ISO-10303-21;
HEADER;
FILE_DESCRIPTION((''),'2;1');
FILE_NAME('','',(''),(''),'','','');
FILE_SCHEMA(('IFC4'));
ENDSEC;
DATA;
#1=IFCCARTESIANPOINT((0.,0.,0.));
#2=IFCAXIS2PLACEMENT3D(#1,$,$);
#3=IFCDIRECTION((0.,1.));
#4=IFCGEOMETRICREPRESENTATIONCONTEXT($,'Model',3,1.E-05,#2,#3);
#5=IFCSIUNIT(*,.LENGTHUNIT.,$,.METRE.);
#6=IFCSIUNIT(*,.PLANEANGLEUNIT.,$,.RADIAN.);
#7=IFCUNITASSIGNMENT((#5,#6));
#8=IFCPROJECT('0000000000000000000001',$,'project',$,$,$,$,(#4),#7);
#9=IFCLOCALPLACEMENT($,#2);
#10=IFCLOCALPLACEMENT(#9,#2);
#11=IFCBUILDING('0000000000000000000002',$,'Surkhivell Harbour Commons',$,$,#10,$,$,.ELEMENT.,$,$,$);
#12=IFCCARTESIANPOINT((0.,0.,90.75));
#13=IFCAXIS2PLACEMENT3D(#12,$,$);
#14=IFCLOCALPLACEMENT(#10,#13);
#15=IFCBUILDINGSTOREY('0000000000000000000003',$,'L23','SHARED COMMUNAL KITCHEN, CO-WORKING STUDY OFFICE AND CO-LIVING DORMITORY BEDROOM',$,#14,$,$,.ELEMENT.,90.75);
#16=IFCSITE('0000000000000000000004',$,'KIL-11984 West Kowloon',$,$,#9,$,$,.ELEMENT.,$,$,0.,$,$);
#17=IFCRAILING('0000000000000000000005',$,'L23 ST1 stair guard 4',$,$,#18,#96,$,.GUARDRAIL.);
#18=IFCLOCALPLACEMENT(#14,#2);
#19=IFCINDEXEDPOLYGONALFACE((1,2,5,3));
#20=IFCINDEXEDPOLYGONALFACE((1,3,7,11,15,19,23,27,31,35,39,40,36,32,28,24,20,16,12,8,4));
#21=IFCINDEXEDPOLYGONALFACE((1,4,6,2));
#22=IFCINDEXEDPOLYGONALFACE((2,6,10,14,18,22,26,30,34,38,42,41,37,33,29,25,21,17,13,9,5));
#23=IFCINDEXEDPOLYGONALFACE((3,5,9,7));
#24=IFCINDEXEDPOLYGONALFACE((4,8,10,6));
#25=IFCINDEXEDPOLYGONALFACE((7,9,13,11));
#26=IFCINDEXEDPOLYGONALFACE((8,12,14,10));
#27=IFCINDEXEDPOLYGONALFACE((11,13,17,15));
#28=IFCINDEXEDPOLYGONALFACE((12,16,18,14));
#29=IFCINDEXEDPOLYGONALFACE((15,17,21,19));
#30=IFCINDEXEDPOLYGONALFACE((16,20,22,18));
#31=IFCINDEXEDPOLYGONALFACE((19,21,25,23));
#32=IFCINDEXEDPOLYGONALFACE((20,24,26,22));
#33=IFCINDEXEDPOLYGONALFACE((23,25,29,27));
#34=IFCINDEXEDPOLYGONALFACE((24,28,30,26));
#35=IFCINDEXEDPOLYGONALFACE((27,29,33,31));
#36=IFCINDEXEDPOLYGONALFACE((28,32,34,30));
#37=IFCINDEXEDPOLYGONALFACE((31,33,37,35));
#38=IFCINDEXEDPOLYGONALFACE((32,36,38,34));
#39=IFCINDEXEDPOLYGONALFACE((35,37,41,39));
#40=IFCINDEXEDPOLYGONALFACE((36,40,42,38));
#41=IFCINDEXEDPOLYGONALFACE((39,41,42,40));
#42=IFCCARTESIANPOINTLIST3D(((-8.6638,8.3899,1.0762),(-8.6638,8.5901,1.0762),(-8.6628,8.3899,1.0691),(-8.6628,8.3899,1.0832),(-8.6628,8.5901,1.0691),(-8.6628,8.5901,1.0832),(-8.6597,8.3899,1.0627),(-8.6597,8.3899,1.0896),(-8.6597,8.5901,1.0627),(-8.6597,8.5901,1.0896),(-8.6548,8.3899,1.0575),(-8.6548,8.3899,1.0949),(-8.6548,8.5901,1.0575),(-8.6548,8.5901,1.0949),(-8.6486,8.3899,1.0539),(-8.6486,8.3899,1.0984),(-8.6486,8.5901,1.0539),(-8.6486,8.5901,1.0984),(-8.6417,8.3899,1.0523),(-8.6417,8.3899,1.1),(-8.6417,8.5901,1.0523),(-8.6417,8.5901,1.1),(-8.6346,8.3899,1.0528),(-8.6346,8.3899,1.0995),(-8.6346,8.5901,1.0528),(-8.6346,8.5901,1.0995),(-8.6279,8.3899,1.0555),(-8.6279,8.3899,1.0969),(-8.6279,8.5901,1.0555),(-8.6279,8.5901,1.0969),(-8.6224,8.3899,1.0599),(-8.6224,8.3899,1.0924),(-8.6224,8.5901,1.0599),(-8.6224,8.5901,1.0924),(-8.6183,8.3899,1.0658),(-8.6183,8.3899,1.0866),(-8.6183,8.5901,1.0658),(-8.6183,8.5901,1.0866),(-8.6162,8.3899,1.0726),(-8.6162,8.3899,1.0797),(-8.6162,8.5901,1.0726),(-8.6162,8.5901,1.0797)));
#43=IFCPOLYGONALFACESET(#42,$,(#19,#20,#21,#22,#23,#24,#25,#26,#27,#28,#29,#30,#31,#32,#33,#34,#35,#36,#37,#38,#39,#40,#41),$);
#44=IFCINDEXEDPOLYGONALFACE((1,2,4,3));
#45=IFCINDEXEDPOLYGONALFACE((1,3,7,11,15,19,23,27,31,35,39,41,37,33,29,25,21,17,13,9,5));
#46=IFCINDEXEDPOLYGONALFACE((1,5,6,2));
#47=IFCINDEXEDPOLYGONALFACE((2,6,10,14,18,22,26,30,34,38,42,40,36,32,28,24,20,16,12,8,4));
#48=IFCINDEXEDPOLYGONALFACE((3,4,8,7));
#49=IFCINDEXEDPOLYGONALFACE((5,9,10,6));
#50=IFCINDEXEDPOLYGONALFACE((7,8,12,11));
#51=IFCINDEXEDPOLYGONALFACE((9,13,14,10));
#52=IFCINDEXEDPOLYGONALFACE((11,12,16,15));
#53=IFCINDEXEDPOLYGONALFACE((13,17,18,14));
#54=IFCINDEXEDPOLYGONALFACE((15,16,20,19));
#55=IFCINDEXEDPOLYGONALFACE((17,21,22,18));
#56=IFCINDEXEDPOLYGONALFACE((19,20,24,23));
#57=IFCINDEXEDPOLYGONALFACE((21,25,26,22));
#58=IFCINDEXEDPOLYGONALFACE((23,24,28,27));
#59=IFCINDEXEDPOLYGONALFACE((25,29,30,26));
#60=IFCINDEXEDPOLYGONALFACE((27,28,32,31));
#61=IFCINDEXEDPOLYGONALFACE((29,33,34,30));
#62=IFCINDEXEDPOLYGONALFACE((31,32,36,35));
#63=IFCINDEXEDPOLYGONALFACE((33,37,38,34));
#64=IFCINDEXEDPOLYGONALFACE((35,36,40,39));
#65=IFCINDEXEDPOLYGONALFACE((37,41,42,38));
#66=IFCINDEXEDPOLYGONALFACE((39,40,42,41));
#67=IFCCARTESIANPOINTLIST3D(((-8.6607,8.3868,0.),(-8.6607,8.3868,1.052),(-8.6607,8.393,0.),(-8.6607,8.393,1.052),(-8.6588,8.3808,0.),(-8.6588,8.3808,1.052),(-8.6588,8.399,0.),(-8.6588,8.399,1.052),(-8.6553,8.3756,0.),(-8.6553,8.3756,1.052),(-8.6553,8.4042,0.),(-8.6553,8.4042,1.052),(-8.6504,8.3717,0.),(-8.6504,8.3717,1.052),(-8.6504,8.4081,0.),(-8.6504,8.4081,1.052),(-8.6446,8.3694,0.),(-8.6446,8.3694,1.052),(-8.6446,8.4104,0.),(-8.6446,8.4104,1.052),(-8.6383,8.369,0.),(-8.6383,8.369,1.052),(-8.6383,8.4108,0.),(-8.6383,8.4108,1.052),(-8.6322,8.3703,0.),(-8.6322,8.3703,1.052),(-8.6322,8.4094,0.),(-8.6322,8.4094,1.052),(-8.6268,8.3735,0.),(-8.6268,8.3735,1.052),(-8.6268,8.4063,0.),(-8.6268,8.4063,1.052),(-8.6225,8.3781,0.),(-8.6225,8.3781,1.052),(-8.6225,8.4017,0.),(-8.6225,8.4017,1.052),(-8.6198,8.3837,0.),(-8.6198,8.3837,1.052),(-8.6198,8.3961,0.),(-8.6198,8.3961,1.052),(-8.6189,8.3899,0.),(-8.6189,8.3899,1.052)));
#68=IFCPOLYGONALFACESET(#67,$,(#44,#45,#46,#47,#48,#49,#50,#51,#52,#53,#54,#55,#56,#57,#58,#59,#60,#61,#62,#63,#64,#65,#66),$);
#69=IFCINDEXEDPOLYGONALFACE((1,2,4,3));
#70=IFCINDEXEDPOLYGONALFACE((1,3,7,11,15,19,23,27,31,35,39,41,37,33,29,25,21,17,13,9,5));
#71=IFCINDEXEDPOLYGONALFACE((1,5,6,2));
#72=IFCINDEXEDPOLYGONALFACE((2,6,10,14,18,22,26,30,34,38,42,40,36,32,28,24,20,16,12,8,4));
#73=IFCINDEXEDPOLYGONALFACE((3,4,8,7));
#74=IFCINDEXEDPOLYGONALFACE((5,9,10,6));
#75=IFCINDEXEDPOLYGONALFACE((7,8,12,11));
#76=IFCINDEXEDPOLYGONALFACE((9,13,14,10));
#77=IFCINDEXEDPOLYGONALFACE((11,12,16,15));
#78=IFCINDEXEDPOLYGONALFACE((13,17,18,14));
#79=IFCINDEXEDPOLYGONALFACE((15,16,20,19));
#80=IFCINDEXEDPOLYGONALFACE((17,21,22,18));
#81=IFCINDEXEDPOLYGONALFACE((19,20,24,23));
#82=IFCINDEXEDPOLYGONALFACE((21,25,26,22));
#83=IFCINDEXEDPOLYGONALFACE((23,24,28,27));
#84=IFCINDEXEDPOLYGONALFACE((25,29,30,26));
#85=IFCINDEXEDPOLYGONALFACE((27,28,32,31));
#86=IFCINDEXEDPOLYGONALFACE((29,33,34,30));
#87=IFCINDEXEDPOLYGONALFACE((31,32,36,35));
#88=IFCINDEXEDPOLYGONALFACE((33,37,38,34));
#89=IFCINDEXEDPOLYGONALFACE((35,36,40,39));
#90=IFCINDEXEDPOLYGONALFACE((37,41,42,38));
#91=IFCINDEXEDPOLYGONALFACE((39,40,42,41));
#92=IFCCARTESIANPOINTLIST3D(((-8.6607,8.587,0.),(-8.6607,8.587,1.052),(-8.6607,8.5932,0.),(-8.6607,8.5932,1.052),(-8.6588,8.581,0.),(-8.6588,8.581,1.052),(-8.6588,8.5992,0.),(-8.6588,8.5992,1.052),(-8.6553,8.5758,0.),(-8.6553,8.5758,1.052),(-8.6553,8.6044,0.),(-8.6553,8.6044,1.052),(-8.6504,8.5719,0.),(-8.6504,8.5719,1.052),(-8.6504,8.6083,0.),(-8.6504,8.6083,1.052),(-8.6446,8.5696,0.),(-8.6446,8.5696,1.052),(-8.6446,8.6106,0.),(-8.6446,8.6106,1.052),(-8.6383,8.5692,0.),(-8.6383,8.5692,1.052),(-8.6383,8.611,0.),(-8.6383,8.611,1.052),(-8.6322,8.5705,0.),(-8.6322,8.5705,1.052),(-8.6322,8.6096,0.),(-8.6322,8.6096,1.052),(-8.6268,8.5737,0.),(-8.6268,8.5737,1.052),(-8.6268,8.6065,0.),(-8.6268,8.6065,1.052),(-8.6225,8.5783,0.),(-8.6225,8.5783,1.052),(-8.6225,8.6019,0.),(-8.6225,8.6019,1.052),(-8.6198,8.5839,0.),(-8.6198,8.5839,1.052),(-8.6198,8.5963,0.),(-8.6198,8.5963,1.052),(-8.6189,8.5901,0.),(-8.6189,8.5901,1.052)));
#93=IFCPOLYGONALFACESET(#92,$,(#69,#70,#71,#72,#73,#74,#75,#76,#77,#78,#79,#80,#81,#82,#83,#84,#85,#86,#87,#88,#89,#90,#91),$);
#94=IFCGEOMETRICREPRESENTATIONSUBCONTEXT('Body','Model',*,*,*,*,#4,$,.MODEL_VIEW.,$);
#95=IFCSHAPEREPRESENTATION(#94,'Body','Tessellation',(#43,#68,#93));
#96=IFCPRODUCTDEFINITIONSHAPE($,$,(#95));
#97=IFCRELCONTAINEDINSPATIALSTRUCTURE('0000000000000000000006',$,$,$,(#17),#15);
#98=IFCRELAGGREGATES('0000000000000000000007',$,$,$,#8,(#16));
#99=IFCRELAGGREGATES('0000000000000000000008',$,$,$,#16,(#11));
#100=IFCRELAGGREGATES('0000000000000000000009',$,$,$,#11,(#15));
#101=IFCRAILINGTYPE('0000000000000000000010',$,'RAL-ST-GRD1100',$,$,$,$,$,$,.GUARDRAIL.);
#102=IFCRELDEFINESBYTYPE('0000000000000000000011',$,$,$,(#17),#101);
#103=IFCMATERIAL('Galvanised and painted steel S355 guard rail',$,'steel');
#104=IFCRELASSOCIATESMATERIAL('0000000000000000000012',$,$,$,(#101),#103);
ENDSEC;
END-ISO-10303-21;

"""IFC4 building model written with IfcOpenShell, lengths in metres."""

from ifc_helpers import new_model, si_unit, direction, frame, origin, origin_2d, place, context, subcontext, project, spatial, circle, extrude, material, type_object, element, save


model = new_model("IFC4")

# Units and contexts
model_context = context("Model", 3, precision=1e-05, world=origin(), true_north=direction((0.0, 1.0)))
body_context = subcontext(model_context, "Body", "Model", "MODEL_VIEW")
ifc_project = project(units=[si_unit("LENGTHUNIT", "METRE"), si_unit("PLANEANGLEUNIT", "RADIAN")], contexts=[model_context])

# Site, building, storey
site_placement = place(None, origin())
site = spatial("IfcSite", under=ifc_project, at=site_placement, Name="KIL-11984 West Kowloon", CompositionType="ELEMENT", RefElevation=0.0)
building_placement = place(site_placement, origin())
building = spatial("IfcBuilding", under=site, at=building_placement, Name="Surkhivell Harbour Commons", CompositionType="ELEMENT")
storey_placement = place(building_placement, frame((0.0, 0.0, 90.75)))
storey = spatial("IfcBuildingStorey", under=building, at=storey_placement, Name="L23", Description="SHARED COMMUNAL KITCHEN, CO-WORKING STUDY OFFICE AND CO-LIVING DORMITORY BEDROOM", CompositionType="ELEMENT", Elevation=90.75)

# Railing
ifc_material_1 = material(Name="Galvanised and painted steel S355 guard rail", Category="steel")
railing_type_1 = type_object("IfcRailingType", Name="RAL-ST-GRD1100", PredefinedType="GUARDRAIL", material=ifc_material_1)
railing_1_placement = place(storey_placement, frame((-8.6399, 8.3899, 0.0)))
element("IfcRailing", 1, at=railing_1_placement, inside=storey, type_object=railing_type_1, Name="L23 ST1 stair guard 4", PredefinedType="GUARDRAIL", context=body_context, shape_type="SweptSolid", body=[
    extrude(circle(Radius=0.0239, at=origin_2d()), frame((0.0, 0.0, 1.0762), z_axis=(0.0, 1.0, 0.0), x_axis=(-1.0, 0.0, 0.0)), (0.0, 0.0, 1.0), 0.2002),
    extrude(circle(Radius=0.021, at=origin_2d()), origin(), (0.0, 0.0, 1.0), 1.052),
    extrude(circle(Radius=0.021, at=origin_2d()), frame((0.0, 0.2002, 0.0)), (0.0, 0.0, 1.0), 1.052),
])

save(model, "model.ifc")
